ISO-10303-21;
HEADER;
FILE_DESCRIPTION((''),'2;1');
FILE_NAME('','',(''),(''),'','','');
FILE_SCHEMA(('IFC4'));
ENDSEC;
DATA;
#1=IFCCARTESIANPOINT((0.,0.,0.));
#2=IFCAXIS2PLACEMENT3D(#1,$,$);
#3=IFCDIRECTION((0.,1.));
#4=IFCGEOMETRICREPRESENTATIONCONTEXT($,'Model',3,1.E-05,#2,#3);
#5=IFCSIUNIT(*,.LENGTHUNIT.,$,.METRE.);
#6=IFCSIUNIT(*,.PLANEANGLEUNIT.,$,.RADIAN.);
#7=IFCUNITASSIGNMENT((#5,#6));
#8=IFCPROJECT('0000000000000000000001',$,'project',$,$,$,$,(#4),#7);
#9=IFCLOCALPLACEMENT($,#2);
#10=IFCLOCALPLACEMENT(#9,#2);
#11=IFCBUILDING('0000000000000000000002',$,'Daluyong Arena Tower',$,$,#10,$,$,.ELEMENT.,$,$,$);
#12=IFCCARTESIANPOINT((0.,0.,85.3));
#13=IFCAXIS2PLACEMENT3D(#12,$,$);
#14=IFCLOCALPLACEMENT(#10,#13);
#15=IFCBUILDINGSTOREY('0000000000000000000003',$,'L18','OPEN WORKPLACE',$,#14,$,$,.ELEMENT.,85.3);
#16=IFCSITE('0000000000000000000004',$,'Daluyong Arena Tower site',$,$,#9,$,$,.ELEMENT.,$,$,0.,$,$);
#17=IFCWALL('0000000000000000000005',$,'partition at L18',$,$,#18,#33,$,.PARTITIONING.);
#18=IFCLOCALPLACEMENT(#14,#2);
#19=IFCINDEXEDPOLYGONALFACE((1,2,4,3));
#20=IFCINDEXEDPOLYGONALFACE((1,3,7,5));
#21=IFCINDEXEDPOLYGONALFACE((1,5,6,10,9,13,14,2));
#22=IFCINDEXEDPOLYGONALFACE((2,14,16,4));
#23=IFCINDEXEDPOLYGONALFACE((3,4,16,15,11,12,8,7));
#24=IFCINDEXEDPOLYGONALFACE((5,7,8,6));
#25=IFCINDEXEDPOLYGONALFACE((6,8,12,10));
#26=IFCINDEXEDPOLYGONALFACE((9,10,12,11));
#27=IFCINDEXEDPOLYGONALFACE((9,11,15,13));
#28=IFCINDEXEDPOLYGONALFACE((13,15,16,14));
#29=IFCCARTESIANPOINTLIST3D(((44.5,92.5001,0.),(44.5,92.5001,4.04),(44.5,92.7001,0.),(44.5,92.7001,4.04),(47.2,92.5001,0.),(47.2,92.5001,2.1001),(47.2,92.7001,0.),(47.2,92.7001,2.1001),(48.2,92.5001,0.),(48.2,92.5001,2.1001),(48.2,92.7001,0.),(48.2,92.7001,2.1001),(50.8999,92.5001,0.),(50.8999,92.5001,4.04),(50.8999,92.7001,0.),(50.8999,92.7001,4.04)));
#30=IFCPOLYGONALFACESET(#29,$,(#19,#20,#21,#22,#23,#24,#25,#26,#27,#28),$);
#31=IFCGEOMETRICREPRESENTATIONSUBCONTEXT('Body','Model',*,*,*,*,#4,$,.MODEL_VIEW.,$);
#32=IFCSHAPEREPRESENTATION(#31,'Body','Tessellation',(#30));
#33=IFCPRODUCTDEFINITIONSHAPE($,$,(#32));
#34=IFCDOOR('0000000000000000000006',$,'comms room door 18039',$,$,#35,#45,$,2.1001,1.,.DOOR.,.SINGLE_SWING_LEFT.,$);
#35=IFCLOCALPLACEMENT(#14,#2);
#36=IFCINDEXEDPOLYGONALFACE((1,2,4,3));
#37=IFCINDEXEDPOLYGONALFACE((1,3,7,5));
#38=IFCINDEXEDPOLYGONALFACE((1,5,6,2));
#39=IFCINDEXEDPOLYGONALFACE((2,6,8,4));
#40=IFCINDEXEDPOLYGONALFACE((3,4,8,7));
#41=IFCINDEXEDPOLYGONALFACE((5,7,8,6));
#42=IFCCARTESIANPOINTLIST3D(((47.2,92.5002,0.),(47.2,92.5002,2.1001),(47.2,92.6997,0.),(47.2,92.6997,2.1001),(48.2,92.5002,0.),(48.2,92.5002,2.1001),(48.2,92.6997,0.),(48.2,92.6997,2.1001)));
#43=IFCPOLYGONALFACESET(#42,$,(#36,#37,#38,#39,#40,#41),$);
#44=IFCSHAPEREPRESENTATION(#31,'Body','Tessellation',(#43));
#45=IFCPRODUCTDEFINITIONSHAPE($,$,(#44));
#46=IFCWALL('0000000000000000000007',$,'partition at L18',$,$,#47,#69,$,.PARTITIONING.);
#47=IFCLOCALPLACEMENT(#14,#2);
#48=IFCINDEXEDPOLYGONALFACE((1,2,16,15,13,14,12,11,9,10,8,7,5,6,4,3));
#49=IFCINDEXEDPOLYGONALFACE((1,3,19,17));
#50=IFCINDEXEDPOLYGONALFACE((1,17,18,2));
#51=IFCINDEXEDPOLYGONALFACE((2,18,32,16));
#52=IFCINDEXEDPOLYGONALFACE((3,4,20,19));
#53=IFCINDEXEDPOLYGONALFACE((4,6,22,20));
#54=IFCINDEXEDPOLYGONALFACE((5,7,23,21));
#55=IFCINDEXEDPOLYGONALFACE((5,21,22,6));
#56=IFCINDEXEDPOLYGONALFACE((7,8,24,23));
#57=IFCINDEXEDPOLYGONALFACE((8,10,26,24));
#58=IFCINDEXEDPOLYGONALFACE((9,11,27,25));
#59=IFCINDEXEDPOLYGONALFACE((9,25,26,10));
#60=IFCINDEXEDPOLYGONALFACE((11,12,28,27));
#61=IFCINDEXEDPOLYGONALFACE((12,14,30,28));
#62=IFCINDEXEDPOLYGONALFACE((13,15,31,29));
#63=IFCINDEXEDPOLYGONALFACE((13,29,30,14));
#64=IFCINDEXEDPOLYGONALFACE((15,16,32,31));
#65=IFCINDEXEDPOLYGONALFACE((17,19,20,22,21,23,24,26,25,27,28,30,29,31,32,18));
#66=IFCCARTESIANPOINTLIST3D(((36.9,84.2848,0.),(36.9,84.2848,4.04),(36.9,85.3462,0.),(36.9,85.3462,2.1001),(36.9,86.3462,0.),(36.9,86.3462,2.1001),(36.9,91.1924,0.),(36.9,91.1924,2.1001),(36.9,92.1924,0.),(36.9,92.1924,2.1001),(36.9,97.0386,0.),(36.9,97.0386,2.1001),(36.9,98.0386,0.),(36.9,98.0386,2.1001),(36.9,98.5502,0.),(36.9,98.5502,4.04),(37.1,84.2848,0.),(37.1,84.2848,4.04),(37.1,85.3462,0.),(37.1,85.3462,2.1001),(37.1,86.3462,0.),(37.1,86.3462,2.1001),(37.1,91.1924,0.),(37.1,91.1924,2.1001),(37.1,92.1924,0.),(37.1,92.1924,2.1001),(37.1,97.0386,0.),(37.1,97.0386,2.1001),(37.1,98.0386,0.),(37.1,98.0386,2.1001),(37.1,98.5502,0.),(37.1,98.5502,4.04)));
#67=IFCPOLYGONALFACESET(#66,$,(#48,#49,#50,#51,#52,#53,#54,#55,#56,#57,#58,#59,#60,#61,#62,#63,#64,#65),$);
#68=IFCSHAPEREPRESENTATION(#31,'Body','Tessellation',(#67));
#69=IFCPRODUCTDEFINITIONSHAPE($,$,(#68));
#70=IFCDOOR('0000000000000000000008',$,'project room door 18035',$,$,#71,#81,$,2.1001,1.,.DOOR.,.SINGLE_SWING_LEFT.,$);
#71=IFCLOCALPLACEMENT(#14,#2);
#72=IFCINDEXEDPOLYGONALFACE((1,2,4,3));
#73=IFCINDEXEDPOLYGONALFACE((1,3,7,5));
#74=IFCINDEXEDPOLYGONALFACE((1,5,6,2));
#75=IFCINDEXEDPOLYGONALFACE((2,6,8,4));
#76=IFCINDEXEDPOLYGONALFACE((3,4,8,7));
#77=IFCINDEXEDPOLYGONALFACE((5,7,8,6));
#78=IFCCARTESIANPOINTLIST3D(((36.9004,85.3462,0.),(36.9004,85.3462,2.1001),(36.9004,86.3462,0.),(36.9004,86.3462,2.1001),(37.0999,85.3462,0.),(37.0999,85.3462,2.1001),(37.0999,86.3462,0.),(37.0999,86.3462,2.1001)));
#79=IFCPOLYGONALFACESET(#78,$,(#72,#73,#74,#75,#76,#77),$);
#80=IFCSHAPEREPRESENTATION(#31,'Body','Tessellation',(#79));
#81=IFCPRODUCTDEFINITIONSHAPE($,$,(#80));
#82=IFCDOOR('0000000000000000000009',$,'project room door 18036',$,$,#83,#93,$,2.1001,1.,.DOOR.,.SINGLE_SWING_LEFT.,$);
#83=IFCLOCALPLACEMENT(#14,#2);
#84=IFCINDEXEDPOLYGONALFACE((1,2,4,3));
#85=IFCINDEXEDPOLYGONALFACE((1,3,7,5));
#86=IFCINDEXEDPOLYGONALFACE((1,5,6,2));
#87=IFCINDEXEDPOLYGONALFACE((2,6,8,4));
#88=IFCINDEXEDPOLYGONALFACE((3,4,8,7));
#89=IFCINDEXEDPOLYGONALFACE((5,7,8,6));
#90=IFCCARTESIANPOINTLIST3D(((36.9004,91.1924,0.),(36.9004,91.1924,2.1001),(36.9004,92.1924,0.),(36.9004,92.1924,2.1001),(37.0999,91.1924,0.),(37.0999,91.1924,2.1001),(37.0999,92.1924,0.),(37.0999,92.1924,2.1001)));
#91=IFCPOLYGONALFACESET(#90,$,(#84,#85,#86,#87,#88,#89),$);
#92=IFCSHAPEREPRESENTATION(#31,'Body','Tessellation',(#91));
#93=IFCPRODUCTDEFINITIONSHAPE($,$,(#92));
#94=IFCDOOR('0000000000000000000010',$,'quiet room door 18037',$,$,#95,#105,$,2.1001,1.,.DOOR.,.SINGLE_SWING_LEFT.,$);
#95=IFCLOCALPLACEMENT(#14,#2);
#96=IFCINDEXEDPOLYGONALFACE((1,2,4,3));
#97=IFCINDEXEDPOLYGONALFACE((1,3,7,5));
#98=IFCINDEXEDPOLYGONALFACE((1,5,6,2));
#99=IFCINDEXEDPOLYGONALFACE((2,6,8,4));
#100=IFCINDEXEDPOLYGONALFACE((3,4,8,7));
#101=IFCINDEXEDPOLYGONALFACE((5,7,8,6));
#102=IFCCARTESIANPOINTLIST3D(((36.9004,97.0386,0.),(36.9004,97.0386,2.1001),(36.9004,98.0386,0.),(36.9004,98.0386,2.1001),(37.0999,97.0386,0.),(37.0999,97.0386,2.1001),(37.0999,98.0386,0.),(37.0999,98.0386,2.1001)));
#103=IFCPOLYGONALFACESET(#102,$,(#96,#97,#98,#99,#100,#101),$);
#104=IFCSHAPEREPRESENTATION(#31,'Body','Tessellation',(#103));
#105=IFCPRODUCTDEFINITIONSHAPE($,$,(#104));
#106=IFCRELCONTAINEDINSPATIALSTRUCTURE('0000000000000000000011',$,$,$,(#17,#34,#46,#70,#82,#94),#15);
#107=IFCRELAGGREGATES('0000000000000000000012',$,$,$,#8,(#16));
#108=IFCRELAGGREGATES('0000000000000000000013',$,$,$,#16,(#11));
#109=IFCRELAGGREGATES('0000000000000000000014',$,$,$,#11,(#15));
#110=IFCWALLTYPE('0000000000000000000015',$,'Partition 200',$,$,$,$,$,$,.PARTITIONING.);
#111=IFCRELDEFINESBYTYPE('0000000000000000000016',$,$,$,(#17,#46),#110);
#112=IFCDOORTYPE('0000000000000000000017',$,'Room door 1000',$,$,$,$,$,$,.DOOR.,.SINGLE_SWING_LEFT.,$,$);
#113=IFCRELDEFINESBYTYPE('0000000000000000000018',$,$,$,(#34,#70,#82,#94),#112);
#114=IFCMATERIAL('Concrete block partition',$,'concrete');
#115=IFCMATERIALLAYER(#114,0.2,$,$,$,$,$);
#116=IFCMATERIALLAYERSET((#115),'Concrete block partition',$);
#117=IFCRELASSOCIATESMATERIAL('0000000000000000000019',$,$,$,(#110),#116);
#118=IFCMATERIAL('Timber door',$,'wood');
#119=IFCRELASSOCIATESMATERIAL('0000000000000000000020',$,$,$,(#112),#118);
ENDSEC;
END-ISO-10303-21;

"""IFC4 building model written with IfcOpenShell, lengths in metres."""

from ifc_helpers import new_model, si_unit, direction, frame, frame_2d, origin, place, context, subcontext, project, spatial, rectangle, extrude, material, layer, layer_set, type_object, element, fill, save


model = new_model("IFC4")

# Units and contexts
model_context = context("Model", 3, precision=1e-05, world=origin(), true_north=direction((0.0, 1.0)))
body_context = subcontext(model_context, "Body", "Model", "MODEL_VIEW")
ifc_project = project(units=[si_unit("LENGTHUNIT", "METRE"), si_unit("PLANEANGLEUNIT", "RADIAN")], contexts=[model_context])

# Site, building, storey
site_placement = place(None, origin())
site = spatial("IfcSite", under=ifc_project, at=site_placement, Name="Daluyong Arena Tower site", CompositionType="ELEMENT", RefElevation=0.0)
building_placement = place(site_placement, origin())
building = spatial("IfcBuilding", under=site, at=building_placement, Name="Daluyong Arena Tower", CompositionType="ELEMENT")
storey_placement = place(building_placement, frame((0.0, 0.0, 85.3)))
storey = spatial("IfcBuildingStorey", under=building, at=storey_placement, Name="L18", Description="OPEN WORKPLACE", CompositionType="ELEMENT", Elevation=85.3)

# Shared definitions
ifc_material_1 = material(Name="Concrete block partition", Category="concrete")
ifc_layer_1 = layer(ifc_material_1, 0.2)
ifc_layer_set_1 = layer_set([ifc_layer_1], Name="Concrete block partition")
wall_type_1 = type_object("IfcWallType", Name="Partition 200", PredefinedType="PARTITIONING", material=ifc_layer_set_1)

# Wall, opening, door
wall_1_placement = place(storey_placement, frame((44.5, 92.6001, 0.0), z_axis=(0.0, 0.0, 1.0), x_axis=(1.0, 0.0, 0.0)))
wall_1 = element("IfcWall", 1, at=wall_1_placement, inside=storey, type_object=wall_type_1, Name="partition at L18", PredefinedType="PARTITIONING", context=body_context, shape_type="SweptSolid", body=[
    extrude(rectangle(XDim=6.3999, YDim=0.2, at=frame_2d((3.2, 0.0))), origin(), (0.0, 0.0, 1.0), 4.04),
])
opening_1_placement = place(wall_1_placement, frame((2.7, 0.0, 0.0)))
opening_1 = element("IfcOpeningElement", 2, at=opening_1_placement, cuts=wall_1, PredefinedType="OPENING", context=body_context, shape_type="SweptSolid", body=[
    extrude(rectangle(XDim=1.0, YDim=2.1001, at=frame_2d((0.5, 1.05))), frame((0.0, 0.1099, 0.0), z_axis=(0.0, -1.0, 0.0), x_axis=(1.0, 0.0, 0.0)), (0.0, 0.0, 1.0), 0.22),
])
ifc_material_2 = material(Name="Timber door", Category="wood")
door_type_1 = type_object("IfcDoorType", Name="Room door 1000", OperationType="SINGLE_SWING_LEFT", PredefinedType="DOOR", material=ifc_material_2)
door_1_placement = place(opening_1_placement, origin())
door_1 = element("IfcDoor", 3, at=door_1_placement, inside=storey, type_object=door_type_1, Name="comms room door 18039", OperationType="SINGLE_SWING_LEFT", OverallHeight=2.1001, OverallWidth=1.0, PredefinedType="DOOR", context=body_context, shape_type="SweptSolid", body=[
    extrude(rectangle(XDim=1.0, YDim=2.1001, at=frame_2d((0.5, 1.05))), frame((0.0, 0.0996, 0.0), z_axis=(0.0, -1.0, 0.0), x_axis=(1.0, 0.0, 0.0)), (0.0, 0.0, 1.0), 0.1995),
])
fill(opening_1, door_1)

# Wall, openings, doors
wall_2_placement = place(storey_placement, frame((37.0, 84.2847, 0.0), z_axis=(0.0, 0.0, 1.0), x_axis=(0.0, 1.0, 0.0)))
wall_2 = element("IfcWall", 4, at=wall_2_placement, inside=storey, type_object=wall_type_1, Name="partition at L18", PredefinedType="PARTITIONING", context=body_context, shape_type="SweptSolid", body=[
    extrude(rectangle(XDim=14.2654, YDim=0.2, at=frame_2d((7.1328, 0.0))), origin(), (0.0, 0.0, 1.0), 4.04),
])
opening_2_placement = place(wall_2_placement, frame((1.0615, 0.0, 0.0)))
opening_2 = element("IfcOpeningElement", 5, at=opening_2_placement, cuts=wall_2, PredefinedType="OPENING", context=body_context, shape_type="SweptSolid", body=[
    extrude(rectangle(XDim=1.0, YDim=2.1001, at=frame_2d((0.5, 1.05))), frame((0.0, 0.1099, 0.0), z_axis=(0.0, -1.0, 0.0), x_axis=(1.0, 0.0, 0.0)), (0.0, 0.0, 1.0), 0.22),
])
opening_3_placement = place(wall_2_placement, frame((6.9077, 0.0, 0.0)))
opening_3 = element("IfcOpeningElement", 6, at=opening_3_placement, cuts=wall_2, PredefinedType="OPENING", context=body_context, shape_type="SweptSolid", body=[
    extrude(rectangle(XDim=1.0, YDim=2.1001, at=frame_2d((0.5, 1.05))), frame((0.0, 0.1099, 0.0), z_axis=(0.0, -1.0, 0.0), x_axis=(1.0, 0.0, 0.0)), (0.0, 0.0, 1.0), 0.22),
])
opening_4_placement = place(wall_2_placement, frame((12.7539, 0.0, 0.0)))
opening_4 = element("IfcOpeningElement", 7, at=opening_4_placement, cuts=wall_2, PredefinedType="OPENING", context=body_context, shape_type="SweptSolid", body=[
    extrude(rectangle(XDim=1.0, YDim=2.1001, at=frame_2d((0.5, 1.05))), frame((0.0, 0.1099, 0.0), z_axis=(0.0, -1.0, 0.0), x_axis=(1.0, 0.0, 0.0)), (0.0, 0.0, 1.0), 0.22),
])
door_2_placement = place(opening_2_placement, origin())
door_2 = element("IfcDoor", 8, at=door_2_placement, inside=storey, type_object=door_type_1, Name="project room door 18035", OperationType="SINGLE_SWING_LEFT", OverallHeight=2.1001, OverallWidth=1.0, PredefinedType="DOOR", context=body_context, shape_type="SweptSolid", body=[
    extrude(rectangle(XDim=1.0, YDim=2.1001, at=frame_2d((0.5, 1.05))), frame((0.0, 0.0996, 0.0), z_axis=(0.0, -1.0, 0.0), x_axis=(1.0, 0.0, 0.0)), (0.0, 0.0, 1.0), 0.1995),
])
fill(opening_2, door_2)
door_3_placement = place(opening_3_placement, origin())
door_3 = element("IfcDoor", 9, at=door_3_placement, inside=storey, type_object=door_type_1, Name="project room door 18036", OperationType="SINGLE_SWING_LEFT", OverallHeight=2.1001, OverallWidth=1.0, PredefinedType="DOOR", context=body_context, shape_type="SweptSolid", body=[
    extrude(rectangle(XDim=1.0, YDim=2.1001, at=frame_2d((0.5, 1.05))), frame((0.0, 0.0996, 0.0), z_axis=(0.0, -1.0, 0.0), x_axis=(1.0, 0.0, 0.0)), (0.0, 0.0, 1.0), 0.1995),
])
fill(opening_3, door_3)
door_4_placement = place(opening_4_placement, origin())
door_4 = element("IfcDoor", 10, at=door_4_placement, inside=storey, type_object=door_type_1, Name="quiet room door 18037", OperationType="SINGLE_SWING_LEFT", OverallHeight=2.1001, OverallWidth=1.0, PredefinedType="DOOR", context=body_context, shape_type="SweptSolid", body=[
    extrude(rectangle(XDim=1.0, YDim=2.1001, at=frame_2d((0.5, 1.05))), frame((0.0, 0.0996, 0.0), z_axis=(0.0, -1.0, 0.0), x_axis=(1.0, 0.0, 0.0)), (0.0, 0.0, 1.0), 0.1995),
])
fill(opening_4, door_4)

save(model, "model.ifc")
